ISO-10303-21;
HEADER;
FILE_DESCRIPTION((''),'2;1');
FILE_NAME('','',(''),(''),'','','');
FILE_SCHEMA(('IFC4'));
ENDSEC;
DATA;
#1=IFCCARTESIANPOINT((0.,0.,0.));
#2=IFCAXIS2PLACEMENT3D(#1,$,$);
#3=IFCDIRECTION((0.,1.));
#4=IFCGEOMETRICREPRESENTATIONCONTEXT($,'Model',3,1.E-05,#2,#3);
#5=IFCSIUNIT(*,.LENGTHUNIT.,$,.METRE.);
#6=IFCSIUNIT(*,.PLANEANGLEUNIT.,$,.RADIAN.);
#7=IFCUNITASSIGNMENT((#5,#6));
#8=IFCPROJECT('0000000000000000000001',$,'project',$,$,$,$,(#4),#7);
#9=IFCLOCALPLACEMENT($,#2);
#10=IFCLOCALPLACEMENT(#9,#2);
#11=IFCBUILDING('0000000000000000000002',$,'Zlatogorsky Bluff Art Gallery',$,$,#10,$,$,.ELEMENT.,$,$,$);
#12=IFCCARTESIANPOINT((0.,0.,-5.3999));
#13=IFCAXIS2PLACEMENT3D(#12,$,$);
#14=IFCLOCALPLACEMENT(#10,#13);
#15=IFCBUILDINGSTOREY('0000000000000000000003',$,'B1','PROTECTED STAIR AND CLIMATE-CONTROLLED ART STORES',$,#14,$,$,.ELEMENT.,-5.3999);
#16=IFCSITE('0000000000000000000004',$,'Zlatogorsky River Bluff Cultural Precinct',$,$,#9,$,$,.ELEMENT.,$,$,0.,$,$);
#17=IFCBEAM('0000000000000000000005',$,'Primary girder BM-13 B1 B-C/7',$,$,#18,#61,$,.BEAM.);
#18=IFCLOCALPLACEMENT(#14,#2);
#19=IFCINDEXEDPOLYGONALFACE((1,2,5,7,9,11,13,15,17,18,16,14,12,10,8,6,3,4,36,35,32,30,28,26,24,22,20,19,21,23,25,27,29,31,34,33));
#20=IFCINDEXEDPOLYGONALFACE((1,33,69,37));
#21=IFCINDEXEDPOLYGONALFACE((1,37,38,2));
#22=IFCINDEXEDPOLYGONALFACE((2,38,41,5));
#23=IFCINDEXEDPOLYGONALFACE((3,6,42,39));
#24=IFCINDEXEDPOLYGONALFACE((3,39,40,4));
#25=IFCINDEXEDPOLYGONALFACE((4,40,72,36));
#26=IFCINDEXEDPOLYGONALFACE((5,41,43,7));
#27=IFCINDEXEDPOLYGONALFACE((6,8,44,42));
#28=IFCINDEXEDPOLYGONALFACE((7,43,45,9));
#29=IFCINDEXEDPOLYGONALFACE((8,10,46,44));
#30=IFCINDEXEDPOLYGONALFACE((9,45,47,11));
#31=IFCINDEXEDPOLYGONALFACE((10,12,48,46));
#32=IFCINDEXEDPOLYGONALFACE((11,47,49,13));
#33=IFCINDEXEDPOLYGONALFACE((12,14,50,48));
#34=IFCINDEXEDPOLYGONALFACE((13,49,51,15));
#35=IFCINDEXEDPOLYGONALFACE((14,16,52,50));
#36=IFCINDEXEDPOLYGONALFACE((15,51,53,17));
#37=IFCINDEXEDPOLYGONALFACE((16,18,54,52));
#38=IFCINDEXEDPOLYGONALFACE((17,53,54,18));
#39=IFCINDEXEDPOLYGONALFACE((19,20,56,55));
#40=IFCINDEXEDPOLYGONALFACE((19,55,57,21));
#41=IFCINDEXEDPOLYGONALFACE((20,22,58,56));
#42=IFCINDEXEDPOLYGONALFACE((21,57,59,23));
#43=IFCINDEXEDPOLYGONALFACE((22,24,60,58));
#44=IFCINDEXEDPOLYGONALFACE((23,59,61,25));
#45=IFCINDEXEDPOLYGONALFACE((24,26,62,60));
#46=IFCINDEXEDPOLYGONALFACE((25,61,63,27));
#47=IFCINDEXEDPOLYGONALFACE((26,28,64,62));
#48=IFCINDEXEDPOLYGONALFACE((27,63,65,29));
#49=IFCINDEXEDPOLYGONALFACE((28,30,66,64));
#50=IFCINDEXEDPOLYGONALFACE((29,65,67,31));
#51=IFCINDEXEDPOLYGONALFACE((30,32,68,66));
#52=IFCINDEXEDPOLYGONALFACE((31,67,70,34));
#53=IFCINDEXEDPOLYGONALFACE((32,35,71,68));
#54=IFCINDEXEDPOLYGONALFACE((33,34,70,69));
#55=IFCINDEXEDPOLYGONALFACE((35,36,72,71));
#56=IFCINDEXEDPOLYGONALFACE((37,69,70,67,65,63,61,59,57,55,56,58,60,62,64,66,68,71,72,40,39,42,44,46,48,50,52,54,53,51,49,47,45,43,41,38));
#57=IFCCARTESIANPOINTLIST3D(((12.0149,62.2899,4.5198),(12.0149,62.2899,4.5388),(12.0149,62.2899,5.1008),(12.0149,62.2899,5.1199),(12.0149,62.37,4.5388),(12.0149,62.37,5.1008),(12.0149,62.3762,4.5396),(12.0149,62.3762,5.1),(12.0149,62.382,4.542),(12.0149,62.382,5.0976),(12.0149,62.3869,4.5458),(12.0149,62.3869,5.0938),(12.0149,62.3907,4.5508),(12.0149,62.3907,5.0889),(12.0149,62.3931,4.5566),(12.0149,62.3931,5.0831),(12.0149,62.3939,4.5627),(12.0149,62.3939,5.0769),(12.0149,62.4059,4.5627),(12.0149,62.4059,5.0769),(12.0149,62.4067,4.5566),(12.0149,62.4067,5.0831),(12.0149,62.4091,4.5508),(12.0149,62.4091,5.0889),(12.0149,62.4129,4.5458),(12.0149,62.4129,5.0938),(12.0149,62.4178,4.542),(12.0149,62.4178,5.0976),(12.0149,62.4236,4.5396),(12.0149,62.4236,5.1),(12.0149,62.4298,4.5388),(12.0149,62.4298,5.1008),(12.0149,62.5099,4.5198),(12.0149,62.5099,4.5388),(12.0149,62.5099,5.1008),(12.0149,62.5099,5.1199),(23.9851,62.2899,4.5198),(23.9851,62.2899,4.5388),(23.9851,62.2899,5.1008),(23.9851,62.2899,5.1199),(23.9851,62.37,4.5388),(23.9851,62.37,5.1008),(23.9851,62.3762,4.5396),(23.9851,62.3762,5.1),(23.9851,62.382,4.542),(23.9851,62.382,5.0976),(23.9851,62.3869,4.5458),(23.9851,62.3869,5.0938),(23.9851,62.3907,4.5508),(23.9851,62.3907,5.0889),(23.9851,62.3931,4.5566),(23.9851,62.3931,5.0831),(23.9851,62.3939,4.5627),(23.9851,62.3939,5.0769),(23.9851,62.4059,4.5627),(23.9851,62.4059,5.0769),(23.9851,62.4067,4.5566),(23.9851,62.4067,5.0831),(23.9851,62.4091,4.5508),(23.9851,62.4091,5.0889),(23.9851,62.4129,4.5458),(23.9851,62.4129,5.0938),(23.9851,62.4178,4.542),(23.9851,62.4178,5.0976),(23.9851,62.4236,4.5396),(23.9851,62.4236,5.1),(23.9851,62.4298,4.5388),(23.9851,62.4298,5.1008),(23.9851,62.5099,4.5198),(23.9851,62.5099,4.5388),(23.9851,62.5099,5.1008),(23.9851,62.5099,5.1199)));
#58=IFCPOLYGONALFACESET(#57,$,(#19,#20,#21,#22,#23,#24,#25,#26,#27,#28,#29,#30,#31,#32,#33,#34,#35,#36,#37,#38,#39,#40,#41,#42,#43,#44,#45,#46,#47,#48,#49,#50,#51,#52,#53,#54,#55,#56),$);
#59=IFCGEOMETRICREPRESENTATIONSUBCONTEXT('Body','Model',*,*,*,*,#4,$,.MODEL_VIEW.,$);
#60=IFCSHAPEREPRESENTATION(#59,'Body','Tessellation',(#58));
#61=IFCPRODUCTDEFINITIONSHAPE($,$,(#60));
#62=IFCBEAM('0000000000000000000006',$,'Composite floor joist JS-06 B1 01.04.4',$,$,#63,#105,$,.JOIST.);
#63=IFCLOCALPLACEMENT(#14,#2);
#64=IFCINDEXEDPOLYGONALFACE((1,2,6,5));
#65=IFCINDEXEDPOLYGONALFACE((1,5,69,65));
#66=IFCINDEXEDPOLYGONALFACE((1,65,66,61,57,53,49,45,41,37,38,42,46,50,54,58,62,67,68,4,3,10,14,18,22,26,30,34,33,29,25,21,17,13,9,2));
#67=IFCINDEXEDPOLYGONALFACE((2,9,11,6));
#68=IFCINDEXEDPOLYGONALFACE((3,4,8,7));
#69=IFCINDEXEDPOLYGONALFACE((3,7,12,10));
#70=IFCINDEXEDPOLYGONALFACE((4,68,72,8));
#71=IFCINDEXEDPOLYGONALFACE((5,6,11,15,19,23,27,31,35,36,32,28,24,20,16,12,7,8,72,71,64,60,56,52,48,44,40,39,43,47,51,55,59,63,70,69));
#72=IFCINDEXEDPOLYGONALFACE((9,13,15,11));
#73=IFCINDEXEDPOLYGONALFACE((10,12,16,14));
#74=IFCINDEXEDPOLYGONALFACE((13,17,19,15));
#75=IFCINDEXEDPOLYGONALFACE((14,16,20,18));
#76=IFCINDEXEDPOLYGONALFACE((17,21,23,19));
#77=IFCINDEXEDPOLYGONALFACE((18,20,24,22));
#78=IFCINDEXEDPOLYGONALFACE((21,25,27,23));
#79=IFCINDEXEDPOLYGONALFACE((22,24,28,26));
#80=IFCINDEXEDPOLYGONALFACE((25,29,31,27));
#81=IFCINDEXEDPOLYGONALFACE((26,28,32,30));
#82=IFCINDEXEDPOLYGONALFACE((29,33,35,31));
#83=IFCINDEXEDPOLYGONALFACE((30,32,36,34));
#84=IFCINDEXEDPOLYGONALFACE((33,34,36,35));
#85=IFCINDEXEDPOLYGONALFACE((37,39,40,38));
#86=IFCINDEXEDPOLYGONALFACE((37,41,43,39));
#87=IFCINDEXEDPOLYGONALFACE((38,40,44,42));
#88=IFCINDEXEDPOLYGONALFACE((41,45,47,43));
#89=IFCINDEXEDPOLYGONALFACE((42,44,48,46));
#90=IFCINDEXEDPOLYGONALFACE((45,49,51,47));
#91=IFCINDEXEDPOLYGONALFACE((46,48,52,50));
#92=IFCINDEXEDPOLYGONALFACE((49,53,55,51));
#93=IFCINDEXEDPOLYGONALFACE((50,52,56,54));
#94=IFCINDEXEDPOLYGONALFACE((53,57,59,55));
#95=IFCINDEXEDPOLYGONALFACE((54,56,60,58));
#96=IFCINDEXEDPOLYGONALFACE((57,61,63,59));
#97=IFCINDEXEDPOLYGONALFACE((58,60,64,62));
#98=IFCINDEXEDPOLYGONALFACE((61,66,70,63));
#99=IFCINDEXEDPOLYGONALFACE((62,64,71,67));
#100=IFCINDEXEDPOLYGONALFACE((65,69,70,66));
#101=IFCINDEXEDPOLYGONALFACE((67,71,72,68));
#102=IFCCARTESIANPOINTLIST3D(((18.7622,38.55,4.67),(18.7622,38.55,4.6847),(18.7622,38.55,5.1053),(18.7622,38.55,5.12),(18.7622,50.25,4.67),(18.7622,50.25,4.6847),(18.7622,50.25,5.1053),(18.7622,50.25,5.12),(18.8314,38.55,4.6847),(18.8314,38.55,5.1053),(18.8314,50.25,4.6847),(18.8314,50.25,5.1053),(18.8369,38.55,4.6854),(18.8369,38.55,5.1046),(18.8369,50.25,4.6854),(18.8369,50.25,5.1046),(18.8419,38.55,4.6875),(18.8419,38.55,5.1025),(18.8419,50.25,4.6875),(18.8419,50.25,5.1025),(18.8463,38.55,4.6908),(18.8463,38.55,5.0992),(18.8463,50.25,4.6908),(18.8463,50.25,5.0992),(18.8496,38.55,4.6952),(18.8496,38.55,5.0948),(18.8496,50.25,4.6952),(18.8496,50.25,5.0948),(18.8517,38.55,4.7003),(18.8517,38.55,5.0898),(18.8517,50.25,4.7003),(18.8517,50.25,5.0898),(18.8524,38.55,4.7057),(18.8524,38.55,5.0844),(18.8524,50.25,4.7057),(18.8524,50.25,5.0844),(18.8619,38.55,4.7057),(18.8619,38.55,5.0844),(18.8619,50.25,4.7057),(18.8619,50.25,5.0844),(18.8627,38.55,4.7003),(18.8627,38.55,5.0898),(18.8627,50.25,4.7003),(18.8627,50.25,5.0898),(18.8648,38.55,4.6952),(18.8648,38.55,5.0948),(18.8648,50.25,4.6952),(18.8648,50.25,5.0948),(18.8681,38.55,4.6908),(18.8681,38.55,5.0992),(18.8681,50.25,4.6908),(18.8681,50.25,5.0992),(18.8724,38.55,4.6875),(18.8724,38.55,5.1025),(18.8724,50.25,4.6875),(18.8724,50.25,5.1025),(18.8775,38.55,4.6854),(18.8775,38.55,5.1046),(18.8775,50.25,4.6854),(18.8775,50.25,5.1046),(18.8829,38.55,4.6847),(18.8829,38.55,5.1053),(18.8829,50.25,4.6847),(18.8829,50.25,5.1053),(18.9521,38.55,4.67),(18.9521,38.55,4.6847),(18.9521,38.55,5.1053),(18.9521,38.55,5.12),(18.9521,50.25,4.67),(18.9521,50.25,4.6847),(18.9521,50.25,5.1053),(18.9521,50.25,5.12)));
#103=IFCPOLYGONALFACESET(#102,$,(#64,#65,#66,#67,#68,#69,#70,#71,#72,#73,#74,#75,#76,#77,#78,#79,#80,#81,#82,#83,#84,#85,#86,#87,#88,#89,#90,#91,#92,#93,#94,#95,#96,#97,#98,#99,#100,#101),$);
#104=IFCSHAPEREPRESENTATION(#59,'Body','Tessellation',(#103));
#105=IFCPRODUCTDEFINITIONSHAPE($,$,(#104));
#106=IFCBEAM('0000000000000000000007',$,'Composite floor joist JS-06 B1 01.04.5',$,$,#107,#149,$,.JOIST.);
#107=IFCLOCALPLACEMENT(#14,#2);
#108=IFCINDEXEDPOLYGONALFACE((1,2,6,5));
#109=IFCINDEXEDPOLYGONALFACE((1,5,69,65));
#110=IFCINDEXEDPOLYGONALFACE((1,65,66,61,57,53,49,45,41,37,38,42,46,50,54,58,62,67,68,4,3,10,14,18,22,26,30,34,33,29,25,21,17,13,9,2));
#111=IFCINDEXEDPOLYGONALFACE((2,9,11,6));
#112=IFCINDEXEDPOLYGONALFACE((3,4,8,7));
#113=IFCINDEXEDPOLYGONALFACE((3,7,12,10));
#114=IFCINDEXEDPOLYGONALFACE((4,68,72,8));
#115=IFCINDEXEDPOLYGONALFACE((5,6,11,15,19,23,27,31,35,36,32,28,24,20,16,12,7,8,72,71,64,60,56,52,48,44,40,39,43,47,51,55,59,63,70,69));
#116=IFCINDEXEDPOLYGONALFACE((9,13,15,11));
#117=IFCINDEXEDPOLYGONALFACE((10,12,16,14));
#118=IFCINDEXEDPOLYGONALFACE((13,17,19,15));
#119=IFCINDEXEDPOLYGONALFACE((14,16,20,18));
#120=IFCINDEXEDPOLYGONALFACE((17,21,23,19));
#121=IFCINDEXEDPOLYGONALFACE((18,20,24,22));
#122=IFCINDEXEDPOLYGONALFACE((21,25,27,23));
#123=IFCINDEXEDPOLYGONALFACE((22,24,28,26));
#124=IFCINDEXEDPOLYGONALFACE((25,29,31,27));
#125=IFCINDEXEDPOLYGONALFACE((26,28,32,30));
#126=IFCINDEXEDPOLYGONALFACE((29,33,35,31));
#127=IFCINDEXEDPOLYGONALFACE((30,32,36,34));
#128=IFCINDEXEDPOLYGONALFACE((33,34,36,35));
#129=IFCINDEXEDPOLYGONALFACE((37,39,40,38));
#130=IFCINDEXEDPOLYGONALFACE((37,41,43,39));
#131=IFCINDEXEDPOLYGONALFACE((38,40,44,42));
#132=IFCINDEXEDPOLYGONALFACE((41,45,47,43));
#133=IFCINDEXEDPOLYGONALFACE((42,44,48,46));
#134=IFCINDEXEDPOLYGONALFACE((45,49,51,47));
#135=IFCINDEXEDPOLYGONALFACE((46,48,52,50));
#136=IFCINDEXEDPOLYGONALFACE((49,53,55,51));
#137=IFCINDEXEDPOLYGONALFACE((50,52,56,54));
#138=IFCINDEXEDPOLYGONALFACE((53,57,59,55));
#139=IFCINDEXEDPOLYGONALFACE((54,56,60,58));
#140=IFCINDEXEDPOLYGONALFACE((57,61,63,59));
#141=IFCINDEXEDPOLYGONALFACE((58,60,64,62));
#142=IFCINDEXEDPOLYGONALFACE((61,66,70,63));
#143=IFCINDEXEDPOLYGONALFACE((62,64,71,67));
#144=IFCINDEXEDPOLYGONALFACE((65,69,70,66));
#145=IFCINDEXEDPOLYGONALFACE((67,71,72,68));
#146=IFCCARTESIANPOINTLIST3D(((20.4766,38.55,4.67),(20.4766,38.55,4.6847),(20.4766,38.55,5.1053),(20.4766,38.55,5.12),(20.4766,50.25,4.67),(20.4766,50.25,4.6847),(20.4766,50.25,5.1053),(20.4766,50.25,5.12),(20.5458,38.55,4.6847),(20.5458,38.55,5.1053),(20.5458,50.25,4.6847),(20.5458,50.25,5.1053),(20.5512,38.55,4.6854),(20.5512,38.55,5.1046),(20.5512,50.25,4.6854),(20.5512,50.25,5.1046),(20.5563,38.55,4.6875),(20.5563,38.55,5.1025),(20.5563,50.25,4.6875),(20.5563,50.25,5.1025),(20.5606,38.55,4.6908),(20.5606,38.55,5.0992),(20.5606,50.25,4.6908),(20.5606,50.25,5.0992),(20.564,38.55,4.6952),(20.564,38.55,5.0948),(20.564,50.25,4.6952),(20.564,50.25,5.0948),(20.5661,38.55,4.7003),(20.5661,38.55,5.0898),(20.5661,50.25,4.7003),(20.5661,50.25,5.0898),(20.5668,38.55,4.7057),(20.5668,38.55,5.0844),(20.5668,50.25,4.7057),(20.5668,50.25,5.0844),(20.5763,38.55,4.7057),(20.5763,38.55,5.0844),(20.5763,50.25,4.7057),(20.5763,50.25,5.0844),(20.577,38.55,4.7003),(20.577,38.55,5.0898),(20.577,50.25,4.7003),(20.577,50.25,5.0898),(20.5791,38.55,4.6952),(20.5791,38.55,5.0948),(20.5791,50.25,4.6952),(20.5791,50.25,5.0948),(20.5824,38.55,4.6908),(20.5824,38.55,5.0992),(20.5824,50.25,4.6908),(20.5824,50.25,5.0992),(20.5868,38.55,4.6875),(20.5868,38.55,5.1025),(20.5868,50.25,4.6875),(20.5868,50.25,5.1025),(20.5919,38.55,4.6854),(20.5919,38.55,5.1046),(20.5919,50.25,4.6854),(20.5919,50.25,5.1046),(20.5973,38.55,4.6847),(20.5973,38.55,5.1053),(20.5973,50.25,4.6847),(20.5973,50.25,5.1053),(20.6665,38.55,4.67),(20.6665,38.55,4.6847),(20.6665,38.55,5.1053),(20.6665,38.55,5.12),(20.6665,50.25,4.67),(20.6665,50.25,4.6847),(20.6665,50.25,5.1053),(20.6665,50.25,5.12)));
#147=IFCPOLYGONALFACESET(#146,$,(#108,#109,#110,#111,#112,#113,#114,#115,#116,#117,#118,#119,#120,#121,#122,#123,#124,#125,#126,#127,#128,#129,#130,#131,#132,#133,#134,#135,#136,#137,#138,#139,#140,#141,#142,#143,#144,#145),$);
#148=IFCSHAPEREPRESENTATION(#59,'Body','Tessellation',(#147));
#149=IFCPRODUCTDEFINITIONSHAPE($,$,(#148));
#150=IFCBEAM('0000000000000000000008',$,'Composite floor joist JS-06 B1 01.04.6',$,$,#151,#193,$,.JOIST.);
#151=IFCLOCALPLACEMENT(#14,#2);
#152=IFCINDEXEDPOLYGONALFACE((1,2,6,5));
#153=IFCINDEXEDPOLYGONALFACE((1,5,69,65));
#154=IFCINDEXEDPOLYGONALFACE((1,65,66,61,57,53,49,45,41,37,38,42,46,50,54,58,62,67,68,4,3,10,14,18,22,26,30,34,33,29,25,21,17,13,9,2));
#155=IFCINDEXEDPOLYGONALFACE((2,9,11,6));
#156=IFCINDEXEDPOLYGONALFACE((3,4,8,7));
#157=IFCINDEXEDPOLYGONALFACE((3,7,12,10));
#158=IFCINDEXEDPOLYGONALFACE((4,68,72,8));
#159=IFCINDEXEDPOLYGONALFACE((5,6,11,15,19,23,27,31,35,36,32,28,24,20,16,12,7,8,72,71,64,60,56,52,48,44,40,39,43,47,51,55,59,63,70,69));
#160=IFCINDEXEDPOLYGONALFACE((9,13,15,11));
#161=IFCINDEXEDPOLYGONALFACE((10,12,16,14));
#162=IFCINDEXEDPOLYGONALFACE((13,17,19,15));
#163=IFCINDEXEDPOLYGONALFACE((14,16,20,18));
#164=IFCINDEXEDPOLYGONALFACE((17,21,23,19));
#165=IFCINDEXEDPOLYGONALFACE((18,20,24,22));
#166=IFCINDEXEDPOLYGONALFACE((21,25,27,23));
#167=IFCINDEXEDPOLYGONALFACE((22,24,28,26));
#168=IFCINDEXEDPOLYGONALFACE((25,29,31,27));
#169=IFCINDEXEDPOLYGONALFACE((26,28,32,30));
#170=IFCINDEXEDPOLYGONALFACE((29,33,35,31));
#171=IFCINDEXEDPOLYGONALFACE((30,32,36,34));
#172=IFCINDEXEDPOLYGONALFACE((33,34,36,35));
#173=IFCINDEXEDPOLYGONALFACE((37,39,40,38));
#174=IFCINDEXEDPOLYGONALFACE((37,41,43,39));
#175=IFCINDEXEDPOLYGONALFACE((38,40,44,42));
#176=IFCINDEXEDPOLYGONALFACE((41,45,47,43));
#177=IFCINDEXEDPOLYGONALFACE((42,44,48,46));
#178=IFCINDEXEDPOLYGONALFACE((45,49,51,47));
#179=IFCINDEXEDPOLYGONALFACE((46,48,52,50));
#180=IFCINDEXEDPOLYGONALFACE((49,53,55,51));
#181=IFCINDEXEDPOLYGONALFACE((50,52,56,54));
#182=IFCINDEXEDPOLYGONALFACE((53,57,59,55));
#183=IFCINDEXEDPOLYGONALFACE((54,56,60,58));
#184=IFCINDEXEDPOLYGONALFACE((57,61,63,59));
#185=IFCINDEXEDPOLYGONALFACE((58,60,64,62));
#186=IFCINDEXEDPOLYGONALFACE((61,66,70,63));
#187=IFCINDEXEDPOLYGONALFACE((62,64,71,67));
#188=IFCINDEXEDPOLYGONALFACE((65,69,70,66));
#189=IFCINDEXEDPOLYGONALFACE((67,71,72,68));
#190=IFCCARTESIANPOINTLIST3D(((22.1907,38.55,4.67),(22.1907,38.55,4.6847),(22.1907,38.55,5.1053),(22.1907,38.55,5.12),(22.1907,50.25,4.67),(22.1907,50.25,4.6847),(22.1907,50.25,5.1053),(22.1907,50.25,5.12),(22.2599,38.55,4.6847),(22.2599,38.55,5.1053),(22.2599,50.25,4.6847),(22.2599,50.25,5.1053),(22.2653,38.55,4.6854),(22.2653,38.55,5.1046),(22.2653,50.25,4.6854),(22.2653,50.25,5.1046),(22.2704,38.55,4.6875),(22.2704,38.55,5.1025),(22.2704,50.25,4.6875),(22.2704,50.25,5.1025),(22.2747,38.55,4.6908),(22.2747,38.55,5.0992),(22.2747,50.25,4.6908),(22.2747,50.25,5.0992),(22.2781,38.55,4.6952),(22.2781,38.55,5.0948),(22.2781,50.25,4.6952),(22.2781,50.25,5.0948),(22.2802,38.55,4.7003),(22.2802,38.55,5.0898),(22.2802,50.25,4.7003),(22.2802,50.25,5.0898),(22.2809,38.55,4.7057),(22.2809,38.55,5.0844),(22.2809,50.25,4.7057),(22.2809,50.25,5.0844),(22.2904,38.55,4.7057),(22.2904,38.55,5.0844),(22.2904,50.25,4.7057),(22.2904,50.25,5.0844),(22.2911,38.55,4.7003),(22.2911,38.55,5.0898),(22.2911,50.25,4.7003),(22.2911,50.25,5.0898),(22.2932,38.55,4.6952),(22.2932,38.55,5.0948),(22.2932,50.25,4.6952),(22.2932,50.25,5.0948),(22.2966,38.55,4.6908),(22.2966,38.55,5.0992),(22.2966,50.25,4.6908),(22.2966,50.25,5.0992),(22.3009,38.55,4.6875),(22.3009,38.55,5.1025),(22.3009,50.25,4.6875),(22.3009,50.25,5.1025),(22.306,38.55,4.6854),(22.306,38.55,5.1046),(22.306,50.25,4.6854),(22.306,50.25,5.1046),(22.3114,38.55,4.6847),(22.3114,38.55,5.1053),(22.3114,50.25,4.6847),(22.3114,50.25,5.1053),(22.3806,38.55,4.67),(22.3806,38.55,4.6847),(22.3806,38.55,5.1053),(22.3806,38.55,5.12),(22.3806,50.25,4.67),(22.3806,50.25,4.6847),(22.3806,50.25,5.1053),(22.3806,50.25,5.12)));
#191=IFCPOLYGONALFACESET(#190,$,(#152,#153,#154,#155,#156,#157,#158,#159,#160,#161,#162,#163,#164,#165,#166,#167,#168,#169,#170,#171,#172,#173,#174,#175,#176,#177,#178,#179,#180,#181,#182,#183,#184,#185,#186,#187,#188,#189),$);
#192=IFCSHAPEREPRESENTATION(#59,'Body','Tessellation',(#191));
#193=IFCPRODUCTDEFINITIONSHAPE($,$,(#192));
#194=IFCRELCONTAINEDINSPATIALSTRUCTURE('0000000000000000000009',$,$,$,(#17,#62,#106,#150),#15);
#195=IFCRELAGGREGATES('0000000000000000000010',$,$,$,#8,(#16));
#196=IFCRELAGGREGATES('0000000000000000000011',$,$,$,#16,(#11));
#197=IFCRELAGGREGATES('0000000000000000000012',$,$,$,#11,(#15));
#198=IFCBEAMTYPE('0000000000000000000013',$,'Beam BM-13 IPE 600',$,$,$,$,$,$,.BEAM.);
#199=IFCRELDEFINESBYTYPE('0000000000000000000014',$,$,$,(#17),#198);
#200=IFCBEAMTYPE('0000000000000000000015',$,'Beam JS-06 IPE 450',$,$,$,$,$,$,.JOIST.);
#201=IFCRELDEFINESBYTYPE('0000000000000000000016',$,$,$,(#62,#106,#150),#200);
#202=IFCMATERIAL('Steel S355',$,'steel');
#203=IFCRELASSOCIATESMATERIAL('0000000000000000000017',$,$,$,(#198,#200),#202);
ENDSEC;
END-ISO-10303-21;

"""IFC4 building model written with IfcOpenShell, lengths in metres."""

from ifc_helpers import new_model, si_unit, direction, frame, origin, origin_2d, place, context, subcontext, project, spatial, i_section, extrude, material, material_profile, profile_set, type_object, element, save


model = new_model("IFC4")

# Units and contexts
model_context = context("Model", 3, precision=1e-05, world=origin(), true_north=direction((0.0, 1.0)))
body_context = subcontext(model_context, "Body", "Model", "MODEL_VIEW")
ifc_project = project(units=[si_unit("LENGTHUNIT", "METRE"), si_unit("PLANEANGLEUNIT", "RADIAN")], contexts=[model_context])

# Site, building, storey
site_placement = place(None, origin())
site = spatial("IfcSite", under=ifc_project, at=site_placement, Name="Zlatogorsky River Bluff Cultural Precinct", CompositionType="ELEMENT", RefElevation=0.0)
building_placement = place(site_placement, origin())
building = spatial("IfcBuilding", under=site, at=building_placement, Name="Zlatogorsky Bluff Art Gallery", CompositionType="ELEMENT")
storey_placement = place(building_placement, frame((0.0, 0.0, -5.3999)))
storey = spatial("IfcBuildingStorey", under=building, at=storey_placement, Name="B1", Description="PROTECTED STAIR AND CLIMATE-CONTROLLED ART STORES", CompositionType="ELEMENT", Elevation=-5.3999)

# Shared definitions
ifc_material_1 = material(Name="Steel S355", Category="steel")

# Beams
ifc_material_profile_1 = material_profile(ifc_material_1, i_section(OverallWidth=0.22, OverallDepth=0.6001, WebThickness=0.012, FlangeThickness=0.019, FilletRadius=0.0239, at=origin_2d()), Name="IPE 600")
ifc_profile_set_1 = profile_set([ifc_material_profile_1], Name="Steel S355")
beam_type_1 = type_object("IfcBeamType", Name="Beam BM-13 IPE 600", PredefinedType="BEAM", material=ifc_profile_set_1)
beam_placement = place(storey_placement, frame((12.0149, 62.3999, 4.8198), z_axis=(1.0, 0.0, 0.0), x_axis=(0.0, 1.0, 0.0)))
element("IfcBeam", 1, at=beam_placement, inside=storey, type_object=beam_type_1, Name="Primary girder BM-13 B1 B-C/7", PredefinedType="BEAM", context=body_context, shape_type="SweptSolid", body=[
    extrude(i_section(OverallWidth=0.22, OverallDepth=0.6001, WebThickness=0.012, FlangeThickness=0.019, FilletRadius=0.0239, at=origin_2d()), origin(), (0.0, 0.0, 1.0), 11.9702),
])
ifc_material_profile_2 = material_profile(ifc_material_1, i_section(OverallWidth=0.1899, OverallDepth=0.45, WebThickness=0.0095, FlangeThickness=0.0146, FilletRadius=0.021, at=origin_2d()), Name="IPE 450")
ifc_profile_set_2 = profile_set([ifc_material_profile_2], Name="Steel S355")
beam_type_2 = type_object("IfcBeamType", Name="Beam JS-06 IPE 450", PredefinedType="JOIST", material=ifc_profile_set_2)
for number, where, z_axis, x_axis, name in (
    (2, (18.8572, 38.55, 4.895), (0.0, 1.0, 0.0), (-1.0, 0.0, 0.0), "Composite floor joist JS-06 B1 01.04.4"),
    (3, (20.5715, 38.55, 4.895), (0.0, 1.0, 0.0), (-1.0, 0.0, 0.0), "Composite floor joist JS-06 B1 01.04.5"),
    (4, (22.2856, 38.55, 4.895), (0.0, 1.0, 0.0), (-1.0, 0.0, 0.0), "Composite floor joist JS-06 B1 01.04.6"),
):
    element("IfcBeam", number, at=place(storey_placement, frame(where, z_axis=z_axis, x_axis=x_axis)), inside=storey, type_object=beam_type_2, Name=name, PredefinedType="JOIST", context=body_context, shape_type="SweptSolid", body=[
        extrude(i_section(OverallWidth=0.1899, OverallDepth=0.45, WebThickness=0.0095, FlangeThickness=0.0146, FilletRadius=0.021, at=origin_2d()), origin(), (0.0, 0.0, 1.0), 11.7),
    ])

save(model, "model.ifc")
